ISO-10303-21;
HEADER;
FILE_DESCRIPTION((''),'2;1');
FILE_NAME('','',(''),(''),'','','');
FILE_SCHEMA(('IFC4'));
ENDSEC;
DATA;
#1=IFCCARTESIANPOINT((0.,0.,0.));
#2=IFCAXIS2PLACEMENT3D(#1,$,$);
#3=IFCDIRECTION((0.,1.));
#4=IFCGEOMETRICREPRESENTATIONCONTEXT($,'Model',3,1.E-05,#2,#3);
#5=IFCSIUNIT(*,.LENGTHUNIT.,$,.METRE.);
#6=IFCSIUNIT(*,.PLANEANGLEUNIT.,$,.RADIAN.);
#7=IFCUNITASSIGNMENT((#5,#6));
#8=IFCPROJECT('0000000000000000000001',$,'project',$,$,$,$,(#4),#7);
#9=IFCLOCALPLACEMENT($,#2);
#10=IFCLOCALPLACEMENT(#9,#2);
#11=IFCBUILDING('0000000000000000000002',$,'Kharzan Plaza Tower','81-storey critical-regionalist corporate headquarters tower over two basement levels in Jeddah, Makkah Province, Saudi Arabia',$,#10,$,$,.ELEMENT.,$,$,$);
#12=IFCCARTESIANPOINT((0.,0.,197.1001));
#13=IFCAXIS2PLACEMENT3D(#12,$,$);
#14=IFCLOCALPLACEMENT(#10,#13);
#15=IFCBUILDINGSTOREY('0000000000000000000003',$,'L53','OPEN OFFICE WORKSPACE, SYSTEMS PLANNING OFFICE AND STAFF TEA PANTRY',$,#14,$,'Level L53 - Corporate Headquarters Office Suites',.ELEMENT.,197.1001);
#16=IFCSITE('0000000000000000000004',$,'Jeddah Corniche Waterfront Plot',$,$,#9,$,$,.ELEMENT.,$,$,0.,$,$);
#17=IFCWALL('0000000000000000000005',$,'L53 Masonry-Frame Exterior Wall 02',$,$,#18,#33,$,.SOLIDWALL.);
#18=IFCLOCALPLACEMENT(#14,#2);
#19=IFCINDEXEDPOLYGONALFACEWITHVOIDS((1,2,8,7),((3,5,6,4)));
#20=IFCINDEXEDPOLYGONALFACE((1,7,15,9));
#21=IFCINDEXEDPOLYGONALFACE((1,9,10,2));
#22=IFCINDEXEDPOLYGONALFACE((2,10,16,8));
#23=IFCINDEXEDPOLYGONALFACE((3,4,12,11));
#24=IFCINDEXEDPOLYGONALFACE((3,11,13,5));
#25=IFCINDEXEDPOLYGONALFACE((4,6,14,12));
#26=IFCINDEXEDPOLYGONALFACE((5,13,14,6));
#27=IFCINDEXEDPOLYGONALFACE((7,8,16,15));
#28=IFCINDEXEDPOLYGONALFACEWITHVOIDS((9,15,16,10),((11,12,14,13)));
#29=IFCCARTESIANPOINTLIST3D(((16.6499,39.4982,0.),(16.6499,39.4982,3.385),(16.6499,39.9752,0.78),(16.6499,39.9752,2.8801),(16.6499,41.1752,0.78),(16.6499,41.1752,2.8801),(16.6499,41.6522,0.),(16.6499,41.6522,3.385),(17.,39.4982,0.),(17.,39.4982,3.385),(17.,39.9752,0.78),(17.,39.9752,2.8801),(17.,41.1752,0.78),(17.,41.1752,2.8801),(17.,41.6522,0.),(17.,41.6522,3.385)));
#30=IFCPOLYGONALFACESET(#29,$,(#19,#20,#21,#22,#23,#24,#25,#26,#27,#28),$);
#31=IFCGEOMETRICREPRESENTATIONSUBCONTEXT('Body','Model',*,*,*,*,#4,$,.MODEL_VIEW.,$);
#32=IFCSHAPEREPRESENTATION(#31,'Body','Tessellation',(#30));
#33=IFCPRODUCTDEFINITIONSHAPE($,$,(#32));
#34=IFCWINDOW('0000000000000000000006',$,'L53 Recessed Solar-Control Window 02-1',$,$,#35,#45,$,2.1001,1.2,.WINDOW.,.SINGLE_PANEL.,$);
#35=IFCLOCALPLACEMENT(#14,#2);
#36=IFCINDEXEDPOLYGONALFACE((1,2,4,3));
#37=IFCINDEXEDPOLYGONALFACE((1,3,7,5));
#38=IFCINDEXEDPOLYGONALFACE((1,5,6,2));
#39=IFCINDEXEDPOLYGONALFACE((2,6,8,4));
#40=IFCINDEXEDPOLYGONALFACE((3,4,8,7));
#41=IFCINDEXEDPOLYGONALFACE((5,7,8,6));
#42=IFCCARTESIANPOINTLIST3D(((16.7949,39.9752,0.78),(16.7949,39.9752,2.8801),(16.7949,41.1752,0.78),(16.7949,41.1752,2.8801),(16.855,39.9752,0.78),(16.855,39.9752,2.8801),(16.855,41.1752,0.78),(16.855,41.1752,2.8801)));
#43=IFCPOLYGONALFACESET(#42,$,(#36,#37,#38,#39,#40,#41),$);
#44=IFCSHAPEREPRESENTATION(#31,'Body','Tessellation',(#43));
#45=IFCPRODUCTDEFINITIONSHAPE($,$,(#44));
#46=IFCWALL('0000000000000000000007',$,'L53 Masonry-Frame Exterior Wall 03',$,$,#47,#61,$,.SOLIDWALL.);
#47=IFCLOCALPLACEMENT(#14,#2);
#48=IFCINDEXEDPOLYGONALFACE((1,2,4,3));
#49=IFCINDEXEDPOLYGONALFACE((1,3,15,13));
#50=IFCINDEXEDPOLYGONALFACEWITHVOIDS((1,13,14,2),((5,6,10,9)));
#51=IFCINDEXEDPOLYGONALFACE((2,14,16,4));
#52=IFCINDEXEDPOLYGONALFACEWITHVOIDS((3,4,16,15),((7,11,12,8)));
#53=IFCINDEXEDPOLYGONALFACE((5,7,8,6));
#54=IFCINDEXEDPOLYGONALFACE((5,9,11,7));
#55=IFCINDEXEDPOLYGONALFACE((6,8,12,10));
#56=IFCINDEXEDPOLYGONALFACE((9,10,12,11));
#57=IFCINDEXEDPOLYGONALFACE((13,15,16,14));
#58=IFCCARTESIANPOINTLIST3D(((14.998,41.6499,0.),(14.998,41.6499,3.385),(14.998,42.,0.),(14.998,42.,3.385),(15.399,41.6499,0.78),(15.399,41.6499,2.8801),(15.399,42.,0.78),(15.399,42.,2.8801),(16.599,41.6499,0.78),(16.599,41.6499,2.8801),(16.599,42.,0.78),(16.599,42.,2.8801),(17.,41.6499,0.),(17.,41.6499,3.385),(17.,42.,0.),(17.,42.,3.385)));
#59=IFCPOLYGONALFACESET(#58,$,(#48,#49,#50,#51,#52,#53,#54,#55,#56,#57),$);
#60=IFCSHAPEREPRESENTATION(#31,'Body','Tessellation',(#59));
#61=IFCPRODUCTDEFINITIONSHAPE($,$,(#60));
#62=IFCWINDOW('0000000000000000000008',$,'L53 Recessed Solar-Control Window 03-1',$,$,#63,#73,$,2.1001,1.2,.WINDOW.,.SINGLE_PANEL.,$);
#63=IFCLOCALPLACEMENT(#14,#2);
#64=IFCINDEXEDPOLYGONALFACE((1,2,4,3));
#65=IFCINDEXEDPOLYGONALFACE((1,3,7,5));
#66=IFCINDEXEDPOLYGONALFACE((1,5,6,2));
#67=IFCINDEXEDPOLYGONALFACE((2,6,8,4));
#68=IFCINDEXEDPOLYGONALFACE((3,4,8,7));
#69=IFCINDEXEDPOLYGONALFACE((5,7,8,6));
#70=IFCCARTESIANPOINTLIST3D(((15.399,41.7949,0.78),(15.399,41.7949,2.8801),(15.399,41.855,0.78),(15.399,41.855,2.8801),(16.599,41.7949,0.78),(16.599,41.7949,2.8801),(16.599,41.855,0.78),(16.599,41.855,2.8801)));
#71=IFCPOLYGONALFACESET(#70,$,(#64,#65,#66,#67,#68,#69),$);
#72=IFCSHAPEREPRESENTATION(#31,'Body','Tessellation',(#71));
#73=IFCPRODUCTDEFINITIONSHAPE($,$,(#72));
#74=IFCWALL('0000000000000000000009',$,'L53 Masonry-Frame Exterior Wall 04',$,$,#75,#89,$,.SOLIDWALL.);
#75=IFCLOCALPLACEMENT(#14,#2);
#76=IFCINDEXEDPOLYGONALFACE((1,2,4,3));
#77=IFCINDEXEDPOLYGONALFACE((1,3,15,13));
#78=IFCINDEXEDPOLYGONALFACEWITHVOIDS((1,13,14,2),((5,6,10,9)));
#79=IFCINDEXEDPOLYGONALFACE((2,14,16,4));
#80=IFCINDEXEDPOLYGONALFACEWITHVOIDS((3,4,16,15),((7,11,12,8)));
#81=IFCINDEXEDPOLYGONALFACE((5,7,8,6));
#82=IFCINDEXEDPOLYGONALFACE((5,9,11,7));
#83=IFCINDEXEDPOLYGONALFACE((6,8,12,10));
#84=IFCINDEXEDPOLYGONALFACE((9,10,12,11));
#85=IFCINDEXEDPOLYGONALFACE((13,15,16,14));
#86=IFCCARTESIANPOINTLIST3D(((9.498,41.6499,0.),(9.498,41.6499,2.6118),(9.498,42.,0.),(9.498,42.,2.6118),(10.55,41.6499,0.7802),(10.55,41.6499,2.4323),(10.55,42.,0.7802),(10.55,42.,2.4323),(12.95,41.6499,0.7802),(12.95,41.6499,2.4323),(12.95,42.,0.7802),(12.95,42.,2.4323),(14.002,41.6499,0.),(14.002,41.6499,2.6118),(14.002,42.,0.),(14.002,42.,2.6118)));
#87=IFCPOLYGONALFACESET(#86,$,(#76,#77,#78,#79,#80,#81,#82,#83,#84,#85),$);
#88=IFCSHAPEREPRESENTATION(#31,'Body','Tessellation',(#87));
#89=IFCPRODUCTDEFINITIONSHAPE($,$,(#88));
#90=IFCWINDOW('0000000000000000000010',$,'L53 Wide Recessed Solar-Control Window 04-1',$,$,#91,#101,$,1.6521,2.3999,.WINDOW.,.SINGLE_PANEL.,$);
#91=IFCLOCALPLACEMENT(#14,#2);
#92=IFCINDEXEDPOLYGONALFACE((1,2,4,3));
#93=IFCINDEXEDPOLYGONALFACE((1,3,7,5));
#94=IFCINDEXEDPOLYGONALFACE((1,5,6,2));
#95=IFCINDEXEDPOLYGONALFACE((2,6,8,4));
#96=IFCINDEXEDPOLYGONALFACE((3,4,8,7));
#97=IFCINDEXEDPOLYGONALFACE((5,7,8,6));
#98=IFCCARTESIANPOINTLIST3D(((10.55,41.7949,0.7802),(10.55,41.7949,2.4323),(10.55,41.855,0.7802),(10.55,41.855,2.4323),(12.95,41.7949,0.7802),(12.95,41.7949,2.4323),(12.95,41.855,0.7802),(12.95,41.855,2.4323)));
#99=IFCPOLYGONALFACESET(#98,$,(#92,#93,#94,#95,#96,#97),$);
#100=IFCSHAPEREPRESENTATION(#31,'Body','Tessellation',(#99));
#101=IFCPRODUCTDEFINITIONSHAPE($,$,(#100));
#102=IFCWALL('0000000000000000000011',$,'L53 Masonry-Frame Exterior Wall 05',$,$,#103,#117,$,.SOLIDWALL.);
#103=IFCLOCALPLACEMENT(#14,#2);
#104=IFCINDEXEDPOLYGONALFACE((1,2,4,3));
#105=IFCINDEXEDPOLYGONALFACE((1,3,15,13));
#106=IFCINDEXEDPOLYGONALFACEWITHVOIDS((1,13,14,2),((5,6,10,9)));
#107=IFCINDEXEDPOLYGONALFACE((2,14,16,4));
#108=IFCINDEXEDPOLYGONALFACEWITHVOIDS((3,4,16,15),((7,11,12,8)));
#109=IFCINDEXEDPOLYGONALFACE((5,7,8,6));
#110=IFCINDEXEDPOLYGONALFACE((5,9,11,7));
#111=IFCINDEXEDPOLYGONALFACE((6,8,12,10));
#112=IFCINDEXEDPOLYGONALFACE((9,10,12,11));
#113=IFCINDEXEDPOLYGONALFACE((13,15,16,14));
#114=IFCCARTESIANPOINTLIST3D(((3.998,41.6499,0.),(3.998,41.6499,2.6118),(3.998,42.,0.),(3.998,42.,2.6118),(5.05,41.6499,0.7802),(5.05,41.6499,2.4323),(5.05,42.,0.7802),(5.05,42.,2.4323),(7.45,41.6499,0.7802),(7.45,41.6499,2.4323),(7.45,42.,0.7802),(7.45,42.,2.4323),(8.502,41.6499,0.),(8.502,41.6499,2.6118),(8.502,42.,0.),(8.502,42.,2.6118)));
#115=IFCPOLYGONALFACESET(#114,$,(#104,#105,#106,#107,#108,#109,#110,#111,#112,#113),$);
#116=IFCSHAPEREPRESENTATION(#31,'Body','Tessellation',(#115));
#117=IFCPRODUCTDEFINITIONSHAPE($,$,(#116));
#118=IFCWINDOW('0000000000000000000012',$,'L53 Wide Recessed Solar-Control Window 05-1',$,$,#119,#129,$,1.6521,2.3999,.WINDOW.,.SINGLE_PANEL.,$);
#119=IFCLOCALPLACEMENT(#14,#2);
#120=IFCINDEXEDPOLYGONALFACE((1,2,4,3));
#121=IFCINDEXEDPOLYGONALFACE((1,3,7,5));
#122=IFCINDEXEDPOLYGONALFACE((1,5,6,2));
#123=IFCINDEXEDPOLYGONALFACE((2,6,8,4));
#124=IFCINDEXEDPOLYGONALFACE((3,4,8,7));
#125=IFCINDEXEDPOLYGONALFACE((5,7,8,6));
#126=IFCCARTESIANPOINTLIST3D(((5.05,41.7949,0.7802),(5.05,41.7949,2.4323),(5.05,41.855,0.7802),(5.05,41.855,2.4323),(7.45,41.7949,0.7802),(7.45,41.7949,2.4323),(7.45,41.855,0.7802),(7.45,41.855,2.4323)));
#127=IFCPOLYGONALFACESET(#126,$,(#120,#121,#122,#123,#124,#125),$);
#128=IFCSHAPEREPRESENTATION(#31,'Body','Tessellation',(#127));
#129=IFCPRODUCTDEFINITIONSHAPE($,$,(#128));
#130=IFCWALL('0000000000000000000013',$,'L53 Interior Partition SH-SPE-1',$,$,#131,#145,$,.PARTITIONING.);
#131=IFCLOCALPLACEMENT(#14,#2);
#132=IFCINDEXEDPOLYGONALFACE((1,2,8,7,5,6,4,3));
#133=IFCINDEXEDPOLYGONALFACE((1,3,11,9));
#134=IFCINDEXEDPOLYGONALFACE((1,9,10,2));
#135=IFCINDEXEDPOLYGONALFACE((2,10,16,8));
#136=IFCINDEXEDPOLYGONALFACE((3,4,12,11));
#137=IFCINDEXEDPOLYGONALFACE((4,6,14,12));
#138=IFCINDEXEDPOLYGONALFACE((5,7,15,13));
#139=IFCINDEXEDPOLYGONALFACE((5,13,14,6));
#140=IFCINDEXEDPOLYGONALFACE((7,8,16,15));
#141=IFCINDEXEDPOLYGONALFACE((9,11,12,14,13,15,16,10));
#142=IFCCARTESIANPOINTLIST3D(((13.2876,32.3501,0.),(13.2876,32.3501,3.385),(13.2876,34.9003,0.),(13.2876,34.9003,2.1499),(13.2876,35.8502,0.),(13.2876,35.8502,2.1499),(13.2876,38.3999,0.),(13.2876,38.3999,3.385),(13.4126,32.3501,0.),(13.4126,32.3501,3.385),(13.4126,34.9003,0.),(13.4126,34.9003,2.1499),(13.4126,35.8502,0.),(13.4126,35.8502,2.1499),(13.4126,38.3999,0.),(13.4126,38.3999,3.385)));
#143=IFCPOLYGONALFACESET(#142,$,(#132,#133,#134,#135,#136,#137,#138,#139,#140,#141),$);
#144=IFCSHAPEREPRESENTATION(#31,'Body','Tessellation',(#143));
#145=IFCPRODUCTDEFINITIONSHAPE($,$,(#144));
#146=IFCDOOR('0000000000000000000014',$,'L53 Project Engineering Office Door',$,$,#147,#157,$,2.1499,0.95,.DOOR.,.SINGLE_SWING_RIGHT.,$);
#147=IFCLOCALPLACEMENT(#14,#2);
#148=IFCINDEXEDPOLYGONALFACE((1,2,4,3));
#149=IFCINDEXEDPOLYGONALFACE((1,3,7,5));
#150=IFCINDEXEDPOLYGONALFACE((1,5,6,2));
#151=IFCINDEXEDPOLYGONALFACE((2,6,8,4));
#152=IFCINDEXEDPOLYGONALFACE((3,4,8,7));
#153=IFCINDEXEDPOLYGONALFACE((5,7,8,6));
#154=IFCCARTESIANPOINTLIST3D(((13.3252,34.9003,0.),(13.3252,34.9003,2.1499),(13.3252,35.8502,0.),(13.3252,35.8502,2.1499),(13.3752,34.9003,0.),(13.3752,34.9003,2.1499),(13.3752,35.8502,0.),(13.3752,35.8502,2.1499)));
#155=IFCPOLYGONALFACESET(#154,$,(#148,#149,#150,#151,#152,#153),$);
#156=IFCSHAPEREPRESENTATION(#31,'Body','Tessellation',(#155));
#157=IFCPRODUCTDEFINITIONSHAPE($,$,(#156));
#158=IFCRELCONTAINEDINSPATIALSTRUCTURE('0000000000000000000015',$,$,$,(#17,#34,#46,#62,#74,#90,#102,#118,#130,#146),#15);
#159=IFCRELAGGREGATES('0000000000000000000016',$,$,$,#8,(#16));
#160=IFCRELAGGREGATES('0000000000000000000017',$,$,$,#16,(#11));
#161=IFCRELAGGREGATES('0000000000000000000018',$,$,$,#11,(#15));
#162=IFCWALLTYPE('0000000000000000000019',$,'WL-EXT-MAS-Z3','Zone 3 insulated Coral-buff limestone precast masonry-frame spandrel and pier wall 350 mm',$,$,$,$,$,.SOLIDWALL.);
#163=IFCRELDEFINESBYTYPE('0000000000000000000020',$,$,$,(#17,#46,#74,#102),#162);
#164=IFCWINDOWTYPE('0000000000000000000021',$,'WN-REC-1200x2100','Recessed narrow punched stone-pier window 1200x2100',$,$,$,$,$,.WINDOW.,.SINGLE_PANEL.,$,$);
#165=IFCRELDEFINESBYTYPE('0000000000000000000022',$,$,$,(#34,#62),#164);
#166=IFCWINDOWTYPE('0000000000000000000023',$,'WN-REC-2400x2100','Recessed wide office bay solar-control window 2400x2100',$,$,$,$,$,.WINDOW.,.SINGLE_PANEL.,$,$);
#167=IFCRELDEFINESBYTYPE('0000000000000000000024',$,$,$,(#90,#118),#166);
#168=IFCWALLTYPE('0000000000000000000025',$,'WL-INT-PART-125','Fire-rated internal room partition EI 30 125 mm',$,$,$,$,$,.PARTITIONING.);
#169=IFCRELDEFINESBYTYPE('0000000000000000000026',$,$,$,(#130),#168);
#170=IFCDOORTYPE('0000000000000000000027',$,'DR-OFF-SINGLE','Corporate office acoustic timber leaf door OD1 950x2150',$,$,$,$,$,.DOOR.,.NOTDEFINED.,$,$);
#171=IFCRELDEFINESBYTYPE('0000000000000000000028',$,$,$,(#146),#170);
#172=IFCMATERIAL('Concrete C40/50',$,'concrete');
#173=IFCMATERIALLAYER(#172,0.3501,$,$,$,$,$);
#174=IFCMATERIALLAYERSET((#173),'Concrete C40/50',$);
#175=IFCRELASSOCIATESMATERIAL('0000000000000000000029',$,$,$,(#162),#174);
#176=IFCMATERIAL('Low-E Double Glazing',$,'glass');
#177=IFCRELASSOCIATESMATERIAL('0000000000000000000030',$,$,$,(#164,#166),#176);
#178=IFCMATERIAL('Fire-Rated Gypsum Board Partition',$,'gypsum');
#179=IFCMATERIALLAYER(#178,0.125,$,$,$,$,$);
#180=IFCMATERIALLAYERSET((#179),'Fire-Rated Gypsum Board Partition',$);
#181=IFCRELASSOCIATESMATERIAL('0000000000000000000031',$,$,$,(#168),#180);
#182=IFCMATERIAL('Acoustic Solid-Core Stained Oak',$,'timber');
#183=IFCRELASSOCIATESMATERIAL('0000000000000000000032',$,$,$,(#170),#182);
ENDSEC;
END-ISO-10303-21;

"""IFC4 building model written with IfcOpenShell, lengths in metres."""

from ifc_helpers import new_model, si_unit, direction, frame, frame_2d, origin, place, context, subcontext, project, spatial, rectangle, extrude, source, transform, mapped, material, layer, layer_set, type_object, element, fill, save


model = new_model("IFC4")

# Units and contexts
model_context = context("Model", 3, precision=1e-05, world=origin(), true_north=direction((0.0, 1.0)))
body_context = subcontext(model_context, "Body", "Model", "MODEL_VIEW")
ifc_project = project(units=[si_unit("LENGTHUNIT", "METRE"), si_unit("PLANEANGLEUNIT", "RADIAN")], contexts=[model_context])

# Site, building, storey
site_placement = place(None, origin())
site = spatial("IfcSite", under=ifc_project, at=site_placement, Name="Jeddah Corniche Waterfront Plot", CompositionType="ELEMENT", RefElevation=0.0)
building_placement = place(site_placement, origin())
building = spatial("IfcBuilding", under=site, at=building_placement, Name="Kharzan Plaza Tower", Description="81-storey critical-regionalist corporate headquarters tower over two basement levels in Jeddah, Makkah Province, Saudi Arabia", CompositionType="ELEMENT")
storey_placement = place(building_placement, frame((0.0, 0.0, 197.1001)))
storey = spatial("IfcBuildingStorey", under=building, at=storey_placement, Name="L53", Description="OPEN OFFICE WORKSPACE, SYSTEMS PLANNING OFFICE AND STAFF TEA PANTRY", LongName="Level L53 - Corporate Headquarters Office Suites", CompositionType="ELEMENT", Elevation=197.1001)

# Walls, openings, windows
ifc_material_1 = material(Name="Concrete C40/50", Category="concrete")
ifc_layer_1 = layer(ifc_material_1, 0.3501)
ifc_layer_set_1 = layer_set([ifc_layer_1], Name="Concrete C40/50")
wall_type_1 = type_object("IfcWallType", Name="WL-EXT-MAS-Z3", Description="Zone 3 insulated Coral-buff limestone precast masonry-frame spandrel and pier wall 350 mm", PredefinedType="SOLIDWALL", material=ifc_layer_set_1)
wall_1_placement = place(storey_placement, frame((16.825, 39.498, 0.0), z_axis=(0.0, 0.0, 1.0), x_axis=(0.0, 1.0, 0.0)))
wall_1 = element("IfcWall", 1, at=wall_1_placement, inside=storey, type_object=wall_type_1, Name="L53 Masonry-Frame Exterior Wall 02", PredefinedType="SOLIDWALL", context=body_context, shape_type="SweptSolid", body=[
    extrude(rectangle(XDim=2.1541, YDim=0.3501, at=frame_2d((1.0771, 0.0))), origin(), (0.0, 0.0, 1.0), 3.385),
])
opening_1_placement = place(wall_1_placement, frame((0.4771, 0.0, 0.78)))
opening_1 = element("IfcOpeningElement", 2, at=opening_1_placement, cuts=wall_1, PredefinedType="OPENING", context=body_context, shape_type="SweptSolid", body=[
    extrude(rectangle(XDim=1.2, YDim=2.1001, at=frame_2d((0.6001, 1.05))), frame((0.0, 0.1851, 0.0), z_axis=(0.0, -1.0, 0.0), x_axis=(1.0, 0.0, 0.0)), (0.0, 0.0, 1.0), 0.3701),
])
ifc_material_2 = material(Name="Low-E Double Glazing", Category="glass")
window_type_1 = type_object("IfcWindowType", Name="WN-REC-1200x2100", Description="Recessed narrow punched stone-pier window 1200x2100", PartitioningType="SINGLE_PANEL", PredefinedType="WINDOW", material=ifc_material_2)
shared_shape_1 = source(origin(), body_context, "Body", "SweptSolid", [
    extrude(rectangle(XDim=1.2, YDim=2.1001, at=frame_2d((0.6001, 1.05))), frame((0.0, 0.03, 0.0), z_axis=(0.0, -1.0, 0.0), x_axis=(1.0, 0.0, 0.0)), (0.0, 0.0, 1.0), 0.0601),
])
window_1_placement = place(opening_1_placement, origin())
window_1 = element("IfcWindow", 3, at=window_1_placement, inside=storey, type_object=window_type_1, Name="L53 Recessed Solar-Control Window 02-1", OverallHeight=2.1001, OverallWidth=1.2, PartitioningType="SINGLE_PANEL", PredefinedType="WINDOW", context=body_context, shape_type="MappedRepresentation", body=[
    mapped(shared_shape_1, transform((0.0, 0.0, 0.0), x_axis=(1.0, 0.0, 0.0), y_axis=(0.0, 1.0, 0.0), z_axis=(0.0, 0.0, 1.0))),
])
fill(opening_1, window_1)
wall_2_placement = place(storey_placement, frame((17.0, 41.825, 0.0), z_axis=(0.0, 0.0, 1.0), x_axis=(-1.0, 0.0, 0.0)))
wall_2 = element("IfcWall", 4, at=wall_2_placement, inside=storey, type_object=wall_type_1, Name="L53 Masonry-Frame Exterior Wall 03", PredefinedType="SOLIDWALL", context=body_context, shape_type="SweptSolid", body=[
    extrude(rectangle(XDim=2.002, YDim=0.3501, at=frame_2d((1.001, 0.0))), origin(), (0.0, 0.0, 1.0), 3.385),
])
opening_2_placement = place(wall_2_placement, frame((0.4009, 0.0, 0.78)))
opening_2 = element("IfcOpeningElement", 5, at=opening_2_placement, cuts=wall_2, PredefinedType="OPENING", context=body_context, shape_type="SweptSolid", body=[
    extrude(rectangle(XDim=1.2, YDim=2.1001, at=frame_2d((0.6001, 1.05))), frame((0.0, 0.1851, 0.0), z_axis=(0.0, -1.0, 0.0), x_axis=(1.0, 0.0, 0.0)), (0.0, 0.0, 1.0), 0.3701),
])
window_2_placement = place(opening_2_placement, origin())
window_2 = element("IfcWindow", 6, at=window_2_placement, inside=storey, type_object=window_type_1, Name="L53 Recessed Solar-Control Window 03-1", OverallHeight=2.1001, OverallWidth=1.2, PartitioningType="SINGLE_PANEL", PredefinedType="WINDOW", context=body_context, shape_type="MappedRepresentation", body=[
    mapped(shared_shape_1, transform((0.0, 0.0, 0.0), x_axis=(1.0, 0.0, 0.0), y_axis=(0.0, 1.0, 0.0), z_axis=(0.0, 0.0, 1.0))),
])
fill(opening_2, window_2)
wall_3_placement = place(storey_placement, frame((14.002, 41.825, 0.0), z_axis=(0.0, 0.0, 1.0), x_axis=(-1.0, 0.0, 0.0)))
wall_3 = element("IfcWall", 7, at=wall_3_placement, inside=storey, type_object=wall_type_1, Name="L53 Masonry-Frame Exterior Wall 04", PredefinedType="SOLIDWALL", context=body_context, shape_type="SweptSolid", body=[
    extrude(rectangle(XDim=4.5039, YDim=0.3501, at=frame_2d((2.252, 0.0))), origin(), (0.0, 0.0, 1.0), 2.6118),
])
opening_3_placement = place(wall_3_placement, frame((1.052, 0.0, 0.78)))
opening_3 = element("IfcOpeningElement", 8, at=opening_3_placement, cuts=wall_3, PredefinedType="OPENING", context=body_context, shape_type="SweptSolid", body=[
    extrude(rectangle(XDim=2.3999, YDim=1.6521, at=frame_2d((1.2, 0.8262))), frame((0.0, 0.1851, 0.0), z_axis=(0.0, -1.0, 0.0), x_axis=(1.0, 0.0, 0.0)), (0.0, 0.0, 1.0), 0.3701),
])
window_type_2 = type_object("IfcWindowType", Name="WN-REC-2400x2100", Description="Recessed wide office bay solar-control window 2400x2100", PartitioningType="SINGLE_PANEL", PredefinedType="WINDOW", material=ifc_material_2)
shared_shape_2 = source(origin(), body_context, "Body", "SweptSolid", [
    extrude(rectangle(XDim=2.3999, YDim=1.6521, at=frame_2d((1.2, 0.8262))), frame((0.0, 0.03, 0.0), z_axis=(0.0, -1.0, 0.0), x_axis=(1.0, 0.0, 0.0)), (0.0, 0.0, 1.0), 0.0601),
])
window_3_placement = place(opening_3_placement, origin())
window_3 = element("IfcWindow", 9, at=window_3_placement, inside=storey, type_object=window_type_2, Name="L53 Wide Recessed Solar-Control Window 04-1", OverallHeight=1.6521, OverallWidth=2.3999, PartitioningType="SINGLE_PANEL", PredefinedType="WINDOW", context=body_context, shape_type="MappedRepresentation", body=[
    mapped(shared_shape_2, transform((0.0, 0.0, 0.0), x_axis=(1.0, 0.0, 0.0), y_axis=(0.0, 1.0, 0.0), z_axis=(0.0, 0.0, 1.0))),
])
fill(opening_3, window_3)
wall_4_placement = place(storey_placement, frame((8.502, 41.825, 0.0), z_axis=(0.0, 0.0, 1.0), x_axis=(-1.0, 0.0, 0.0)))
wall_4 = element("IfcWall", 10, at=wall_4_placement, inside=storey, type_object=wall_type_1, Name="L53 Masonry-Frame Exterior Wall 05", PredefinedType="SOLIDWALL", context=body_context, shape_type="SweptSolid", body=[
    extrude(rectangle(XDim=4.5039, YDim=0.3501, at=frame_2d((2.252, 0.0))), origin(), (0.0, 0.0, 1.0), 2.6118),
])
opening_4_placement = place(wall_4_placement, frame((1.052, 0.0, 0.78)))
opening_4 = element("IfcOpeningElement", 11, at=opening_4_placement, cuts=wall_4, PredefinedType="OPENING", context=body_context, shape_type="SweptSolid", body=[
    extrude(rectangle(XDim=2.3999, YDim=1.6521, at=frame_2d((1.2, 0.8262))), frame((0.0, 0.1851, 0.0), z_axis=(0.0, -1.0, 0.0), x_axis=(1.0, 0.0, 0.0)), (0.0, 0.0, 1.0), 0.3701),
])
window_4_placement = place(opening_4_placement, origin())
window_4 = element("IfcWindow", 12, at=window_4_placement, inside=storey, type_object=window_type_2, Name="L53 Wide Recessed Solar-Control Window 05-1", OverallHeight=1.6521, OverallWidth=2.3999, PartitioningType="SINGLE_PANEL", PredefinedType="WINDOW", context=body_context, shape_type="MappedRepresentation", body=[
    mapped(shared_shape_2, transform((0.0, 0.0, 0.0), x_axis=(1.0, 0.0, 0.0), y_axis=(0.0, 1.0, 0.0), z_axis=(0.0, 0.0, 1.0))),
])
fill(opening_4, window_4)

# Wall, opening, door
ifc_material_3 = material(Name="Fire-Rated Gypsum Board Partition", Category="gypsum")
ifc_layer_2 = layer(ifc_material_3, 0.125)
ifc_layer_set_2 = layer_set([ifc_layer_2], Name="Fire-Rated Gypsum Board Partition")
wall_type_2 = type_object("IfcWallType", Name="WL-INT-PART-125", Description="Fire-rated internal room partition EI 30 125 mm", PredefinedType="PARTITIONING", material=ifc_layer_set_2)
wall_5_placement = place(storey_placement, frame((13.3501, 32.3501, 0.0), z_axis=(0.0, 0.0, 1.0), x_axis=(0.0, 1.0, 0.0)))
wall_5 = element("IfcWall", 13, at=wall_5_placement, inside=storey, type_object=wall_type_2, Name="L53 Interior Partition SH-SPE-1", PredefinedType="PARTITIONING", context=body_context, shape_type="SweptSolid", body=[
    extrude(rectangle(XDim=6.0498, YDim=0.125, at=frame_2d((3.0249, 0.0))), origin(), (0.0, 0.0, 1.0), 3.385),
])
opening_5_placement = place(wall_5_placement, frame((2.55, 0.0, 0.0)))
opening_5 = element("IfcOpeningElement", 14, at=opening_5_placement, cuts=wall_5, PredefinedType="OPENING", context=body_context, shape_type="SweptSolid", body=[
    extrude(rectangle(XDim=0.95, YDim=2.1499, at=frame_2d((0.4751, 1.075))), frame((0.0, 0.0725, 0.0), z_axis=(0.0, -1.0, 0.0), x_axis=(1.0, 0.0, 0.0)), (0.0, 0.0, 1.0), 0.145),
])
ifc_material_4 = material(Name="Acoustic Solid-Core Stained Oak", Category="timber")
door_type = type_object("IfcDoorType", Name="DR-OFF-SINGLE", Description="Corporate office acoustic timber leaf door OD1 950x2150", OperationType="NOTDEFINED", PredefinedType="DOOR", material=ifc_material_4)
shared_shape_3 = source(origin(), body_context, "Body", "SweptSolid", [
    extrude(rectangle(XDim=0.95, YDim=2.1499, at=frame_2d((0.4751, 1.075))), frame((0.0, 0.0249, 0.0), z_axis=(0.0, -1.0, 0.0), x_axis=(1.0, 0.0, 0.0)), (0.0, 0.0, 1.0), 0.05),
])
door_1_placement = place(opening_5_placement, origin())
door_1 = element("IfcDoor", 15, at=door_1_placement, inside=storey, type_object=door_type, Name="L53 Project Engineering Office Door", OperationType="SINGLE_SWING_RIGHT", OverallHeight=2.1499, OverallWidth=0.95, PredefinedType="DOOR", context=body_context, shape_type="MappedRepresentation", body=[
    mapped(shared_shape_3, transform((0.0, 0.0, 0.0), x_axis=(1.0, 0.0, 0.0), y_axis=(0.0, 1.0, 0.0), z_axis=(0.0, 0.0, 1.0))),
])
fill(opening_5, door_1)

save(model, "model.ifc")
